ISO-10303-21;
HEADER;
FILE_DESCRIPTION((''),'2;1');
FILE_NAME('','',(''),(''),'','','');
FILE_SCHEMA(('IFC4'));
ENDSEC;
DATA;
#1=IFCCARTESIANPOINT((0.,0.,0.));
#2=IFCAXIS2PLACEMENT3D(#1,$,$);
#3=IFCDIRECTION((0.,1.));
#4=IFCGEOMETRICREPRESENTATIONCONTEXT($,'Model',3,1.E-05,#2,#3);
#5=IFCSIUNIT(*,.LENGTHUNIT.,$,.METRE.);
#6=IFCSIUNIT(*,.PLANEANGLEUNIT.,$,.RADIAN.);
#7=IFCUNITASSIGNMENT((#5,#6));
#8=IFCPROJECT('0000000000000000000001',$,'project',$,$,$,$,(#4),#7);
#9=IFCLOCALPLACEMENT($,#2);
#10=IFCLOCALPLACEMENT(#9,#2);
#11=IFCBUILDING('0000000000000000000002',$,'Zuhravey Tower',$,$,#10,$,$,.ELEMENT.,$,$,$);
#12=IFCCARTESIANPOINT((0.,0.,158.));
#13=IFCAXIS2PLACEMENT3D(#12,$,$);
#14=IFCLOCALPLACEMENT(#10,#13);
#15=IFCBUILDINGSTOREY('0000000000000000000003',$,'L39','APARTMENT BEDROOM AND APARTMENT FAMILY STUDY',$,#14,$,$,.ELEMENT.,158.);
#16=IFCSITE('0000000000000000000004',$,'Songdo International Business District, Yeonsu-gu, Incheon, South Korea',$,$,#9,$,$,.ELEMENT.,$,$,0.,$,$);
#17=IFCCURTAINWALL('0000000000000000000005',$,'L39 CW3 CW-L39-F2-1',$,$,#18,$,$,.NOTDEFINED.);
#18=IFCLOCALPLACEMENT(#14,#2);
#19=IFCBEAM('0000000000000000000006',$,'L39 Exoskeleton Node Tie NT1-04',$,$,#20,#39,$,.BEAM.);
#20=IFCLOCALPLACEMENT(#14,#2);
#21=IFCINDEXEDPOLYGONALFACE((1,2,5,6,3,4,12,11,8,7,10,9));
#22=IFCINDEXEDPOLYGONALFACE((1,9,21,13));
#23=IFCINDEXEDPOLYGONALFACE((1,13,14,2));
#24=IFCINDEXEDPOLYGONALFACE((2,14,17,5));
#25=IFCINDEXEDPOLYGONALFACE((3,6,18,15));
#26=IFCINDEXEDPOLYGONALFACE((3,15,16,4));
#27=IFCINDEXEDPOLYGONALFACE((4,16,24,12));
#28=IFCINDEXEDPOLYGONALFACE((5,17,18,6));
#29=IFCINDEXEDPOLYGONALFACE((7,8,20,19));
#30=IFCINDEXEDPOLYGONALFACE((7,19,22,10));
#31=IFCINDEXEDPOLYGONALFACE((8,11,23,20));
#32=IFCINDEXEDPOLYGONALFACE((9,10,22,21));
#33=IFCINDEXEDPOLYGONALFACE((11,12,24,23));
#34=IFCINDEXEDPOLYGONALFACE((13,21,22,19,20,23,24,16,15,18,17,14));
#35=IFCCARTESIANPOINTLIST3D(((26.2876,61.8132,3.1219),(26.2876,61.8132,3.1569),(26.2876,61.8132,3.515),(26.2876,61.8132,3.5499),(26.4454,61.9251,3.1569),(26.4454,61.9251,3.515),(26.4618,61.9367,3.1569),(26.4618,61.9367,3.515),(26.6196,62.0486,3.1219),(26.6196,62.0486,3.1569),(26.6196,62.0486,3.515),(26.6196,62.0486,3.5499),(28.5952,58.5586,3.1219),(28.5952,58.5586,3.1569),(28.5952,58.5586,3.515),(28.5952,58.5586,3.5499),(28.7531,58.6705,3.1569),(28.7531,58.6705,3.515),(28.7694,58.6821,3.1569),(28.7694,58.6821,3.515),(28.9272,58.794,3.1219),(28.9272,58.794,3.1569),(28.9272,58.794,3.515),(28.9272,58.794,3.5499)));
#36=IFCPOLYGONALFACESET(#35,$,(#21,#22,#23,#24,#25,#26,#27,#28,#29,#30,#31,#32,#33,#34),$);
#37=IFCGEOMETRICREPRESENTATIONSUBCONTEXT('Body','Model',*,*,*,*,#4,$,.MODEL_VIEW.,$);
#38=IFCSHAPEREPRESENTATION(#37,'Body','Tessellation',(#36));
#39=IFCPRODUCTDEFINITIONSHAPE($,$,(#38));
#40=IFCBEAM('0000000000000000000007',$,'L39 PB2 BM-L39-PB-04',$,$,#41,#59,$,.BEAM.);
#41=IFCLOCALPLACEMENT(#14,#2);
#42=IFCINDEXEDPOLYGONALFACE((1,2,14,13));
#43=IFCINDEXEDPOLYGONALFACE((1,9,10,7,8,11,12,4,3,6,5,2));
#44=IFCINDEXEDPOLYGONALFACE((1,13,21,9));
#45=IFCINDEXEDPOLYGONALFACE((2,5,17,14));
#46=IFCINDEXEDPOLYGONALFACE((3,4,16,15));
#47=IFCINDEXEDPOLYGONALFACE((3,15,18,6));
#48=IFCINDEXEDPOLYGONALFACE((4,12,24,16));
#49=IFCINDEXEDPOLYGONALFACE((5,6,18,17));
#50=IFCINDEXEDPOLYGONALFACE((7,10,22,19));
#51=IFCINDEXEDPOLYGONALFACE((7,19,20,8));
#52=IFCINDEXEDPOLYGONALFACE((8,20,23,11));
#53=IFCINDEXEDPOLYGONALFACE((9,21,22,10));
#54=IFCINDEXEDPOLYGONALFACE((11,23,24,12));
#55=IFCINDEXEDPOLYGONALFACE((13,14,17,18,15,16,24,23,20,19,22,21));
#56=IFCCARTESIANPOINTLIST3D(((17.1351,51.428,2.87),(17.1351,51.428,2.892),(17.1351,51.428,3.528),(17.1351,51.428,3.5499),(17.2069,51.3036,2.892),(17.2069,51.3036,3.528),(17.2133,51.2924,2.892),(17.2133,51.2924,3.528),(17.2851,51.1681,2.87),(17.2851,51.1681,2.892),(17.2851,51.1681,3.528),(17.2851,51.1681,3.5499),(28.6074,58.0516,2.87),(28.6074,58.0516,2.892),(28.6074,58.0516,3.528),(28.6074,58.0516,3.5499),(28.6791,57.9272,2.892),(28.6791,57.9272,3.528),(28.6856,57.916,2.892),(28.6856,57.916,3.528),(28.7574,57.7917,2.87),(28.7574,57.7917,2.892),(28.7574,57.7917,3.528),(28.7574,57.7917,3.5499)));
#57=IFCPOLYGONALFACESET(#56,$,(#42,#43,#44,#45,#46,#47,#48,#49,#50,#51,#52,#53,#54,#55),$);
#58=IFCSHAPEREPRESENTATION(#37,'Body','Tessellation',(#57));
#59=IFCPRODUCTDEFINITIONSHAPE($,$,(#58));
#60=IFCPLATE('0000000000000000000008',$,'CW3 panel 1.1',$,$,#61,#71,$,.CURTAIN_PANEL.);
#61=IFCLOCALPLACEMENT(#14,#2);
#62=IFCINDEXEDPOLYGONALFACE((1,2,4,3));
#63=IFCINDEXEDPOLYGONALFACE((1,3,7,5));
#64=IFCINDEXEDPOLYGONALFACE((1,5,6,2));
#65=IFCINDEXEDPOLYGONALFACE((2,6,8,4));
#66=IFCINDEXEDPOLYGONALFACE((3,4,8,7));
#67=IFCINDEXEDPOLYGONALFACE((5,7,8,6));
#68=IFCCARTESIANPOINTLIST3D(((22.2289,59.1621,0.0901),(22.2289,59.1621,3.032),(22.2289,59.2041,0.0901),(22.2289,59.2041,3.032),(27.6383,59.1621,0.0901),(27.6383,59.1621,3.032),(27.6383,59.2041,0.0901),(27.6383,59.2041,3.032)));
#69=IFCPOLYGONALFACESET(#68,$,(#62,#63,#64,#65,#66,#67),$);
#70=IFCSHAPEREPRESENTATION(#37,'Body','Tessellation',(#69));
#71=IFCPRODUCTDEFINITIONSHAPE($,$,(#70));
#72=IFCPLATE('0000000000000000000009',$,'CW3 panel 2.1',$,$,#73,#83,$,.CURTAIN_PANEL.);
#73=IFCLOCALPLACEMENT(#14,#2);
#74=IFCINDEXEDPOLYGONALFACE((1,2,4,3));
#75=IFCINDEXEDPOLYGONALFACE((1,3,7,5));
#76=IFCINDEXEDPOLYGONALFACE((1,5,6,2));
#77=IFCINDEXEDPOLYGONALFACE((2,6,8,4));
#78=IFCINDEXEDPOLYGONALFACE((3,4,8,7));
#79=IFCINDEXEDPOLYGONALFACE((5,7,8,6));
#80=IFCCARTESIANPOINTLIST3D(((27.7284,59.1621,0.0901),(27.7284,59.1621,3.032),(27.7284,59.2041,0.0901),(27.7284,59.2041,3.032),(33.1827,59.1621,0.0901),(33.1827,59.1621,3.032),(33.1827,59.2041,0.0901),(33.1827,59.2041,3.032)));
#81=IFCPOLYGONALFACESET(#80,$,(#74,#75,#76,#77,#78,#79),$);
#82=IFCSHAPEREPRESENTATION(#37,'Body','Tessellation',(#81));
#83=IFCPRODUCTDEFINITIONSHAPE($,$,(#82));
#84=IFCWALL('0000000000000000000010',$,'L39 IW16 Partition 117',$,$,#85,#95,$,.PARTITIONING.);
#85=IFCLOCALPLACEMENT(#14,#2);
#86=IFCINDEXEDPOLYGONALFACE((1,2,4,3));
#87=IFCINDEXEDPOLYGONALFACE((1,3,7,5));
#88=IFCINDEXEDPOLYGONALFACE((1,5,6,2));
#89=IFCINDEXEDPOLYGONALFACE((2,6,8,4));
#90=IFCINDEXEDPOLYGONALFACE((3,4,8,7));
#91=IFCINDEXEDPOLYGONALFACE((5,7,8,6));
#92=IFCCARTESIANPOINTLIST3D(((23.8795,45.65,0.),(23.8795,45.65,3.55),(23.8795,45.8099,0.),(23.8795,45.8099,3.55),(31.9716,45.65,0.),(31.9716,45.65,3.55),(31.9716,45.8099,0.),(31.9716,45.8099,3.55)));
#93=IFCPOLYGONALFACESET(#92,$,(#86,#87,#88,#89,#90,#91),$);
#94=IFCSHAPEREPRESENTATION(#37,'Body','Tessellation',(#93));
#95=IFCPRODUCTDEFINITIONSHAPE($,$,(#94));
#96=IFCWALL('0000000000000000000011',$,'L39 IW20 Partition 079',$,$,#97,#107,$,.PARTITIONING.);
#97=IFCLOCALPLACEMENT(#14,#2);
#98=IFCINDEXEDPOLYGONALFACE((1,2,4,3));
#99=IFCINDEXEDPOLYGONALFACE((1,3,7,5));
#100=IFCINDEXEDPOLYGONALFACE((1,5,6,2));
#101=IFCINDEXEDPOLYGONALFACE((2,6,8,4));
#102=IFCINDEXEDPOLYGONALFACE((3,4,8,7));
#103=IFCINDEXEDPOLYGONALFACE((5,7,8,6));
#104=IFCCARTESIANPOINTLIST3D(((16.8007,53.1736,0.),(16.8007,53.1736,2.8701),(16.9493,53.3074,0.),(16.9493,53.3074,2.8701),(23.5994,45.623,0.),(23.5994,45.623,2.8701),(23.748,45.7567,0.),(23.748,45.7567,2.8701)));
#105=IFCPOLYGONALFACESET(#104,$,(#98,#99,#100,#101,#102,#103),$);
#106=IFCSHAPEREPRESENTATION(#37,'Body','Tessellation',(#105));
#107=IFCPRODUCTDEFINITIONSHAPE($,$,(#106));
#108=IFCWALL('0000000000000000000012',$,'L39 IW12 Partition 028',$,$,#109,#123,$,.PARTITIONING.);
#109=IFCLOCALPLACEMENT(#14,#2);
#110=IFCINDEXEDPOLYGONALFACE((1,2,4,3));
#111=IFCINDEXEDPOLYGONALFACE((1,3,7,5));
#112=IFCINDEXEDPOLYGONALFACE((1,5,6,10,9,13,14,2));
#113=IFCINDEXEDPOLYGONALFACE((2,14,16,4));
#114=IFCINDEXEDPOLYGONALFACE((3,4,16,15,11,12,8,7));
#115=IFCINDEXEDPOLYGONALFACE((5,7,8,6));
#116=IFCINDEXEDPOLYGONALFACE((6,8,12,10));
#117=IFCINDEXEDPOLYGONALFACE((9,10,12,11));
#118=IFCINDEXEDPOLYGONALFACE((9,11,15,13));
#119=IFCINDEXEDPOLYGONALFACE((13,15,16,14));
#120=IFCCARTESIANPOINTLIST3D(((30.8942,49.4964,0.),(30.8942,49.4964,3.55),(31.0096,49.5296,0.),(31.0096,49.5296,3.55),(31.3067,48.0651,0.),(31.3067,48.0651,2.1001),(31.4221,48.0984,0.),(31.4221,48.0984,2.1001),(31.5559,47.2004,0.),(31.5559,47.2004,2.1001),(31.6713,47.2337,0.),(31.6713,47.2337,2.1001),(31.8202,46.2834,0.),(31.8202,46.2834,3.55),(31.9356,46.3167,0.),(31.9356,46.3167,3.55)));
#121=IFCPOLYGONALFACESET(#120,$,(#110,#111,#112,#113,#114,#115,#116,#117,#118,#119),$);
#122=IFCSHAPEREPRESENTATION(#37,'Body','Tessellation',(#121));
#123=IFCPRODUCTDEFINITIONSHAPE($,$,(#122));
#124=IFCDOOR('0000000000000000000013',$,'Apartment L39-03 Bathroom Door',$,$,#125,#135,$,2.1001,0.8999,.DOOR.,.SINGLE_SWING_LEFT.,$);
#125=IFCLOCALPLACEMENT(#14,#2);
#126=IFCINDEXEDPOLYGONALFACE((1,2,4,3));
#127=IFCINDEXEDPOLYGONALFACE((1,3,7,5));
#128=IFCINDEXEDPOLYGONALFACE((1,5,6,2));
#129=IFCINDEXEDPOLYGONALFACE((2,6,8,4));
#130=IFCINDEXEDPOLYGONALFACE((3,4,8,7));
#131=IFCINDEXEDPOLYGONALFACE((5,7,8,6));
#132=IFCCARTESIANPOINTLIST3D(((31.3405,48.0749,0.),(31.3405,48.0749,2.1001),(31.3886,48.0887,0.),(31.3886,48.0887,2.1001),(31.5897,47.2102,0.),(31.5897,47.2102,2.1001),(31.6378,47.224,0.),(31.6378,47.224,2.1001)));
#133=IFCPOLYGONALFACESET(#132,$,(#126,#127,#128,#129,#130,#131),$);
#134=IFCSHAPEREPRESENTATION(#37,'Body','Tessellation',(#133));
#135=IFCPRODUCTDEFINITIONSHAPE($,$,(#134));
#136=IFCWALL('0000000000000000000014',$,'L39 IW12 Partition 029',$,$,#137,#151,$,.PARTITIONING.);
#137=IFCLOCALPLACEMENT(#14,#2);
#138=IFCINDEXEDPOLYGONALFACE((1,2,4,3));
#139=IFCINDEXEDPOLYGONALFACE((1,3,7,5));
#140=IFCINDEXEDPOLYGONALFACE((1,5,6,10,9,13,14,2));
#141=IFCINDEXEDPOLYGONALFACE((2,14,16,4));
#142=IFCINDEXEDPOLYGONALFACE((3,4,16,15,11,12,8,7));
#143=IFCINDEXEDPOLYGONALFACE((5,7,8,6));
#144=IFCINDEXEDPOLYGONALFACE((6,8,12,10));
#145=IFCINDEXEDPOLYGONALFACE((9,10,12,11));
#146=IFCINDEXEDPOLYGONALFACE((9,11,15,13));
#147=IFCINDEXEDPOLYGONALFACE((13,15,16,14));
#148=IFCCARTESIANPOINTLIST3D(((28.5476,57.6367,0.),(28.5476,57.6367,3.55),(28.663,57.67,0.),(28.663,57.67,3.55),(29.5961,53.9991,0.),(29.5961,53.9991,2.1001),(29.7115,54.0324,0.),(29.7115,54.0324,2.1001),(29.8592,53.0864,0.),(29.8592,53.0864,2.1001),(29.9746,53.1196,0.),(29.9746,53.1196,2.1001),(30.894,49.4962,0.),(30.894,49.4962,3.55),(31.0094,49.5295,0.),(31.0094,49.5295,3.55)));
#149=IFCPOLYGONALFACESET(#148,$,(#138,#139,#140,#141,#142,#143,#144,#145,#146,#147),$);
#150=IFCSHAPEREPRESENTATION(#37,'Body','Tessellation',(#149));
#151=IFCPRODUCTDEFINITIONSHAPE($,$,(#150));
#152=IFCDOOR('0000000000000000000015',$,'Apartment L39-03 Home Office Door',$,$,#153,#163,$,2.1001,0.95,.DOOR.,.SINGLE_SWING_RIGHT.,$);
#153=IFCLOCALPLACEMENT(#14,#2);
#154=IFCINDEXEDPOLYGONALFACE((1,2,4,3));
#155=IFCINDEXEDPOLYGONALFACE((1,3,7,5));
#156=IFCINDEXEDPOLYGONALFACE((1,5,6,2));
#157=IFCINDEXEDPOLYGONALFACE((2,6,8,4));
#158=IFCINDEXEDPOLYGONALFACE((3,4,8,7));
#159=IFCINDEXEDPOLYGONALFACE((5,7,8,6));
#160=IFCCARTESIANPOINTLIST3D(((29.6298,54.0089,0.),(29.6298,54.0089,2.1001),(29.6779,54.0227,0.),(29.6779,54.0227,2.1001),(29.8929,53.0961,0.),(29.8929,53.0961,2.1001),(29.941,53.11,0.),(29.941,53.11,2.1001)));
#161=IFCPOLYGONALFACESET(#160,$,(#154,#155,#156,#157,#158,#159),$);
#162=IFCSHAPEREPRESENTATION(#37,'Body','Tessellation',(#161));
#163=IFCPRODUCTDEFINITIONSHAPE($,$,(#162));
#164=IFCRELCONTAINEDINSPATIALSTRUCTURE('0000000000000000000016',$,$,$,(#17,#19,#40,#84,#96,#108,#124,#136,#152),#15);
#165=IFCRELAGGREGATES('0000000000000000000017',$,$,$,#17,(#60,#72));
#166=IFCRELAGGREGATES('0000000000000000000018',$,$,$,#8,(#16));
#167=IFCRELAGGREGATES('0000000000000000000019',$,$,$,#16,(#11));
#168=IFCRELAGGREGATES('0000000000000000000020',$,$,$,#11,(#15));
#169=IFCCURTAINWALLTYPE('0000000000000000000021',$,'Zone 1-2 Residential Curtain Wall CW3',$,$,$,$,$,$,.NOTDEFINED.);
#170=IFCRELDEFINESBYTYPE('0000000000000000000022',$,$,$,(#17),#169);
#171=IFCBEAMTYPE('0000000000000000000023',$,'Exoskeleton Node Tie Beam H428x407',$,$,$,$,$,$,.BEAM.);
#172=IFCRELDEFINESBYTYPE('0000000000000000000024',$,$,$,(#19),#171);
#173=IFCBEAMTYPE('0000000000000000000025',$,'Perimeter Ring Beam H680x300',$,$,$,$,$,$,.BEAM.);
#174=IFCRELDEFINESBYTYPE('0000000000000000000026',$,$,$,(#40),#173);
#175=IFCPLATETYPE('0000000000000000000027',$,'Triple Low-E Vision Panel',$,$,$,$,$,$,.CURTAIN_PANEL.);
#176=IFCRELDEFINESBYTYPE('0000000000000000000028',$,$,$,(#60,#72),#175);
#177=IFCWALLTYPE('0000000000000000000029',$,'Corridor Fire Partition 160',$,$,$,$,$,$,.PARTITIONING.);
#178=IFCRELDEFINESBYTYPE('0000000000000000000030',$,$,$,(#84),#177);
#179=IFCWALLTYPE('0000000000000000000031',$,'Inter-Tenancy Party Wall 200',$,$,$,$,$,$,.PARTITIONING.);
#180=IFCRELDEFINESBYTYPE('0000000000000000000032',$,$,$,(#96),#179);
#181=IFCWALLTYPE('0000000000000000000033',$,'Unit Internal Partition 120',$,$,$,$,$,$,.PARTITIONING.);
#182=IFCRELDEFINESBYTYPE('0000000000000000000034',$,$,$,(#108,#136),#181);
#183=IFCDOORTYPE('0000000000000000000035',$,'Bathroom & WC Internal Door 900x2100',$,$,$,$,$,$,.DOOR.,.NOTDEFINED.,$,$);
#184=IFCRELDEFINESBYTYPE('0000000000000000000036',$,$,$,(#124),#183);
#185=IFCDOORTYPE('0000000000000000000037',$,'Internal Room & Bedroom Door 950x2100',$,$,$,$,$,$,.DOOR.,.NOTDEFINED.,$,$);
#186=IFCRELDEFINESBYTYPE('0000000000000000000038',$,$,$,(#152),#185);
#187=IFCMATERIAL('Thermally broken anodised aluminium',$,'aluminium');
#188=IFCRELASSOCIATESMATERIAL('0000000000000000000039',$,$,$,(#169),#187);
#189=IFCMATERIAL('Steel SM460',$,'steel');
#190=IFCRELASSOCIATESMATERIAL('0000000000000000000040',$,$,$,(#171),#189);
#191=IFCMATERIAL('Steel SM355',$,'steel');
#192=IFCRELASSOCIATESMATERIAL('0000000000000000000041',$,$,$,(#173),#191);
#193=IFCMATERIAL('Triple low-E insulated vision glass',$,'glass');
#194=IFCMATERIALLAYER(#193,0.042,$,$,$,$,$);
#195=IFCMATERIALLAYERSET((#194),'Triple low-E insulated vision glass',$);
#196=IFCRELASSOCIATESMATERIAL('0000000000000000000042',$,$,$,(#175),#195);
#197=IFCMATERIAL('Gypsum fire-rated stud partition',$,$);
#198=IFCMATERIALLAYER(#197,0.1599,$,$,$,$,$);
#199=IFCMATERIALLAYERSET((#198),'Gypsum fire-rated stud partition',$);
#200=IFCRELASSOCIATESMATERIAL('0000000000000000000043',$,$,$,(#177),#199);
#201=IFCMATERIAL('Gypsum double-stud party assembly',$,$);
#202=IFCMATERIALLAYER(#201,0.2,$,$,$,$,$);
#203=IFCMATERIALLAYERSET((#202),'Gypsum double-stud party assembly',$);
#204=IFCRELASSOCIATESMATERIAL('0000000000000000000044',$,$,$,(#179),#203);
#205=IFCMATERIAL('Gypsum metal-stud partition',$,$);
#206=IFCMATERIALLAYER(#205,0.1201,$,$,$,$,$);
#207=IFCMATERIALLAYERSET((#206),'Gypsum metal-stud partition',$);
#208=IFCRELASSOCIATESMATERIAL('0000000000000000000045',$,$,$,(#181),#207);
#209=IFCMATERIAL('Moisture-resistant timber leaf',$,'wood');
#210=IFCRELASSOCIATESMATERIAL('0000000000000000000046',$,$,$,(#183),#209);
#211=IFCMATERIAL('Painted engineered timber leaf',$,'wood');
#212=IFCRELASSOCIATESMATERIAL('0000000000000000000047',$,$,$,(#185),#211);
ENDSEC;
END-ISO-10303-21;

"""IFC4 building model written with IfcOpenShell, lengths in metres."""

from ifc_helpers import new_model, si_unit, direction, frame, frame_2d, origin, origin_2d, place, context, subcontext, project, spatial, rectangle, i_section, extrude, material, layer, layer_set, material_profile, profile_set, type_object, element, fill, aggregate, save


model = new_model("IFC4")

# Units and contexts
model_context = context("Model", 3, precision=1e-05, world=origin(), true_north=direction((0.0, 1.0)))
body_context = subcontext(model_context, "Body", "Model", "MODEL_VIEW")
ifc_project = project(units=[si_unit("LENGTHUNIT", "METRE"), si_unit("PLANEANGLEUNIT", "RADIAN")], contexts=[model_context])

# Site, building, storey
site_placement = place(None, origin())
site = spatial("IfcSite", under=ifc_project, at=site_placement, Name="Songdo International Business District, Yeonsu-gu, Incheon, South Korea", CompositionType="ELEMENT", RefElevation=0.0)
building_placement = place(site_placement, origin())
building = spatial("IfcBuilding", under=site, at=building_placement, Name="Zuhravey Tower", CompositionType="ELEMENT")
storey_placement = place(building_placement, frame((0.0, 0.0, 158.0)))
storey = spatial("IfcBuildingStorey", under=building, at=storey_placement, Name="L39", Description="APARTMENT BEDROOM AND APARTMENT FAMILY STUDY", CompositionType="ELEMENT", Elevation=158.0)

# Curtain wall
ifc_material_1 = material(Name="Thermally broken anodised aluminium", Category="aluminium")
curtain_wall_type = type_object("IfcCurtainWallType", Name="Zone 1-2 Residential Curtain Wall CW3", PredefinedType="NOTDEFINED", material=ifc_material_1)
curtain_wall_placement = place(storey_placement, origin())
curtain_wall = element("IfcCurtainWall", 1, at=curtain_wall_placement, inside=storey, type_object=curtain_wall_type, Name="L39 CW3 CW-L39-F2-1", PredefinedType="NOTDEFINED")

# Beams
ifc_material_2 = material(Name="Steel SM460", Category="steel")
ifc_material_profile_1 = material_profile(ifc_material_2, i_section(OverallWidth=0.407, OverallDepth=0.428, WebThickness=0.02, FlangeThickness=0.0349, at=origin_2d()), Name="H-428x407x20x35")
ifc_profile_set_1 = profile_set([ifc_material_profile_1], Name="Steel SM460")
beam_type_1 = type_object("IfcBeamType", Name="Exoskeleton Node Tie Beam H428x407", PredefinedType="BEAM", material=ifc_profile_set_1)
beam_1_placement = place(storey_placement, frame((28.7612, 58.6763, 3.3359), z_axis=(-0.578392, 0.815759, 0.0), x_axis=(-0.815759, -0.578392, 0.0)))
element("IfcBeam", 2, at=beam_1_placement, inside=storey, type_object=beam_type_1, Name="L39 Exoskeleton Node Tie NT1-04", PredefinedType="BEAM", context=body_context, shape_type="SweptSolid", body=[
    extrude(i_section(OverallWidth=0.407, OverallDepth=0.428, WebThickness=0.02, FlangeThickness=0.0349, at=origin_2d()), origin(), (0.0, 0.0, 1.0), 3.9897),
])
ifc_material_3 = material(Name="Steel SM355", Category="steel")
ifc_material_profile_2 = material_profile(ifc_material_3, i_section(OverallWidth=0.3, OverallDepth=0.6799, WebThickness=0.0129, FlangeThickness=0.022, at=origin_2d()), Name="H-680x300x13x22")
ifc_profile_set_2 = profile_set([ifc_material_profile_2], Name="Steel SM355")
beam_type_2 = type_object("IfcBeamType", Name="Perimeter Ring Beam H680x300", PredefinedType="BEAM", material=ifc_profile_set_2)
beam_2_placement = place(storey_placement, frame((28.6824, 57.9216, 3.21), z_axis=(-0.866023, -0.500004, 0.0), x_axis=(0.500004, -0.866023, 0.0)))
element("IfcBeam", 3, at=beam_2_placement, inside=storey, type_object=beam_type_2, Name="L39 PB2 BM-L39-PB-04", PredefinedType="BEAM", context=body_context, shape_type="SweptSolid", body=[
    extrude(i_section(OverallWidth=0.3, OverallDepth=0.6799, WebThickness=0.0129, FlangeThickness=0.022, at=origin_2d()), origin(), (0.0, 0.0, 1.0), 13.2471),
])

# Plates
ifc_material_4 = material(Name="Triple low-E insulated vision glass", Category="glass")
ifc_layer_1 = layer(ifc_material_4, 0.042)
ifc_layer_set_1 = layer_set([ifc_layer_1], Name="Triple low-E insulated vision glass")
plate_type = type_object("IfcPlateType", Name="Triple Low-E Vision Panel", PredefinedType="CURTAIN_PANEL", material=ifc_layer_set_1)
plate_1_placement = place(storey_placement, frame((24.9336, 59.1831, 0.0901), z_axis=(0.0, 0.0, 1.0), x_axis=(1.0, 0.0, 0.0)))
plate_1 = element("IfcPlate", 4, at=plate_1_placement, type_object=plate_type, Name="CW3 panel 1.1", PredefinedType="CURTAIN_PANEL", context=body_context, shape_type="SweptSolid", body=[
    extrude(rectangle(XDim=5.4094, YDim=0.042, at=origin_2d()), origin(), (0.0, 0.0, 1.0), 2.9419),
])
plate_2_placement = place(storey_placement, frame((30.4556, 59.1831, 0.0901), z_axis=(0.0, 0.0, 1.0), x_axis=(1.0, 0.0, 0.0)))
plate_2 = element("IfcPlate", 5, at=plate_2_placement, type_object=plate_type, Name="CW3 panel 2.1", PredefinedType="CURTAIN_PANEL", context=body_context, shape_type="SweptSolid", body=[
    extrude(rectangle(XDim=5.4543, YDim=0.042, at=origin_2d()), origin(), (0.0, 0.0, 1.0), 2.9419),
])
aggregate(curtain_wall, [plate_1, plate_2])

# Walls
ifc_material_5 = material(Name="Gypsum fire-rated stud partition")
ifc_layer_2 = layer(ifc_material_5, 0.1599)
ifc_layer_set_2 = layer_set([ifc_layer_2], Name="Gypsum fire-rated stud partition")
wall_type_1 = type_object("IfcWallType", Name="Corridor Fire Partition 160", PredefinedType="PARTITIONING", material=ifc_layer_set_2)
wall_1_placement = place(storey_placement, frame((31.9714, 45.73, 0.0), z_axis=(0.0, 0.0, 1.0), x_axis=(-1.0, 0.0, 0.0)))
element("IfcWall", 6, at=wall_1_placement, inside=storey, type_object=wall_type_1, Name="L39 IW16 Partition 117", PredefinedType="PARTITIONING", context=body_context, shape_type="SweptSolid", body=[
    extrude(rectangle(XDim=8.092, YDim=0.1599, at=frame_2d((4.0459, 0.0))), origin(), (0.0, 0.0, 1.0), 3.55),
])
ifc_material_6 = material(Name="Gypsum double-stud party assembly")
ifc_layer_3 = layer(ifc_material_6, 0.2)
ifc_layer_set_3 = layer_set([ifc_layer_3], Name="Gypsum double-stud party assembly")
wall_type_2 = type_object("IfcWallType", Name="Inter-Tenancy Party Wall 200", PredefinedType="PARTITIONING", material=ifc_layer_set_3)
wall_2_placement = place(storey_placement, frame((23.6736, 45.6899, 0.0), z_axis=(0.0, 0.0, 1.0), x_axis=(-0.669133, 0.743142, 0.0)))
element("IfcWall", 7, at=wall_2_placement, inside=storey, type_object=wall_type_2, Name="L39 IW20 Partition 079", PredefinedType="PARTITIONING", context=body_context, shape_type="SweptSolid", body=[
    extrude(rectangle(XDim=10.1604, YDim=0.2, at=frame_2d((5.0801, 0.0))), origin(), (0.0, 0.0, 1.0), 2.8701),
])

# Walls, openings, doors
ifc_material_7 = material(Name="Gypsum metal-stud partition")
ifc_layer_4 = layer(ifc_material_7, 0.1201)
ifc_layer_set_4 = layer_set([ifc_layer_4], Name="Gypsum metal-stud partition")
wall_type_3 = type_object("IfcWallType", Name="Unit Internal Partition 120", PredefinedType="PARTITIONING", material=ifc_layer_set_4)
wall_3_placement = place(storey_placement, frame((31.8779, 46.3, 0.0), z_axis=(0.0, 0.0, 1.0), x_axis=(-0.276948, 0.960885, 0.0)))
wall_3 = element("IfcWall", 8, at=wall_3_placement, inside=storey, type_object=wall_type_3, Name="L39 IW12 Partition 028", PredefinedType="PARTITIONING", context=body_context, shape_type="SweptSolid", body=[
    extrude(rectangle(XDim=3.3438, YDim=0.1201, at=frame_2d((1.6719, 0.0))), origin(), (0.0, 0.0, 1.0), 3.55),
])
opening_1_placement = place(wall_3_placement, frame((0.9543, 0.0, 0.0)))
opening_1 = element("IfcOpeningElement", 9, at=opening_1_placement, cuts=wall_3, PredefinedType="OPENING", context=body_context, shape_type="SweptSolid", body=[
    extrude(rectangle(XDim=0.8999, YDim=2.1001, at=frame_2d((0.45, 1.05))), frame((0.0, 0.072, 0.0), z_axis=(0.0, -1.0, 0.0), x_axis=(1.0, 0.0, 0.0)), (0.0, 0.0, 1.0), 0.144),
])
ifc_material_8 = material(Name="Moisture-resistant timber leaf", Category="wood")
door_type_1 = type_object("IfcDoorType", Name="Bathroom & WC Internal Door 900x2100", OperationType="NOTDEFINED", PredefinedType="DOOR", material=ifc_material_8)
door_1_placement = place(opening_1_placement, origin())
door_1 = element("IfcDoor", 10, at=door_1_placement, inside=storey, type_object=door_type_1, Name="Apartment L39-03 Bathroom Door", OperationType="SINGLE_SWING_LEFT", OverallHeight=2.1001, OverallWidth=0.8999, PredefinedType="DOOR", context=body_context, shape_type="SweptSolid", body=[
    extrude(rectangle(XDim=0.8999, YDim=2.1001, at=frame_2d((0.45, 1.05))), frame((0.0, 0.0249, 0.0), z_axis=(0.0, -1.0, 0.0), x_axis=(1.0, 0.0, 0.0)), (0.0, 0.0, 1.0), 0.05),
])
fill(opening_1, door_1)
wall_4_placement = place(storey_placement, frame((30.9517, 49.5129, 0.0), z_axis=(0.0, 0.0, 1.0), x_axis=(-0.276962, 0.960881, 0.0)))
wall_4 = element("IfcWall", 11, at=wall_4_placement, inside=storey, type_object=wall_type_3, Name="L39 IW12 Partition 029", PredefinedType="PARTITIONING", context=body_context, shape_type="SweptSolid", body=[
    extrude(rectangle(XDim=8.4719, YDim=0.1201, at=frame_2d((4.2358, 0.0))), origin(), (0.0, 0.0, 1.0), 3.55),
])
opening_2_placement = place(wall_4_placement, frame((3.7361, 0.0, 0.0)))
opening_2 = element("IfcOpeningElement", 12, at=opening_2_placement, cuts=wall_4, PredefinedType="OPENING", context=body_context, shape_type="SweptSolid", body=[
    extrude(rectangle(XDim=0.95, YDim=2.1001, at=frame_2d((0.4751, 1.05))), frame((0.0, 0.072, 0.0), z_axis=(0.0, -1.0, 0.0), x_axis=(1.0, 0.0, 0.0)), (0.0, 0.0, 1.0), 0.144),
])
ifc_material_9 = material(Name="Painted engineered timber leaf", Category="wood")
door_type_2 = type_object("IfcDoorType", Name="Internal Room & Bedroom Door 950x2100", OperationType="NOTDEFINED", PredefinedType="DOOR", material=ifc_material_9)
door_2_placement = place(opening_2_placement, origin())
door_2 = element("IfcDoor", 13, at=door_2_placement, inside=storey, type_object=door_type_2, Name="Apartment L39-03 Home Office Door", OperationType="SINGLE_SWING_RIGHT", OverallHeight=2.1001, OverallWidth=0.95, PredefinedType="DOOR", context=body_context, shape_type="SweptSolid", body=[
    extrude(rectangle(XDim=0.95, YDim=2.1001, at=frame_2d((0.4751, 1.05))), frame((0.0, 0.0249, 0.0), z_axis=(0.0, -1.0, 0.0), x_axis=(1.0, 0.0, 0.0)), (0.0, 0.0, 1.0), 0.05),
])
fill(opening_2, door_2)

save(model, "model.ifc")
